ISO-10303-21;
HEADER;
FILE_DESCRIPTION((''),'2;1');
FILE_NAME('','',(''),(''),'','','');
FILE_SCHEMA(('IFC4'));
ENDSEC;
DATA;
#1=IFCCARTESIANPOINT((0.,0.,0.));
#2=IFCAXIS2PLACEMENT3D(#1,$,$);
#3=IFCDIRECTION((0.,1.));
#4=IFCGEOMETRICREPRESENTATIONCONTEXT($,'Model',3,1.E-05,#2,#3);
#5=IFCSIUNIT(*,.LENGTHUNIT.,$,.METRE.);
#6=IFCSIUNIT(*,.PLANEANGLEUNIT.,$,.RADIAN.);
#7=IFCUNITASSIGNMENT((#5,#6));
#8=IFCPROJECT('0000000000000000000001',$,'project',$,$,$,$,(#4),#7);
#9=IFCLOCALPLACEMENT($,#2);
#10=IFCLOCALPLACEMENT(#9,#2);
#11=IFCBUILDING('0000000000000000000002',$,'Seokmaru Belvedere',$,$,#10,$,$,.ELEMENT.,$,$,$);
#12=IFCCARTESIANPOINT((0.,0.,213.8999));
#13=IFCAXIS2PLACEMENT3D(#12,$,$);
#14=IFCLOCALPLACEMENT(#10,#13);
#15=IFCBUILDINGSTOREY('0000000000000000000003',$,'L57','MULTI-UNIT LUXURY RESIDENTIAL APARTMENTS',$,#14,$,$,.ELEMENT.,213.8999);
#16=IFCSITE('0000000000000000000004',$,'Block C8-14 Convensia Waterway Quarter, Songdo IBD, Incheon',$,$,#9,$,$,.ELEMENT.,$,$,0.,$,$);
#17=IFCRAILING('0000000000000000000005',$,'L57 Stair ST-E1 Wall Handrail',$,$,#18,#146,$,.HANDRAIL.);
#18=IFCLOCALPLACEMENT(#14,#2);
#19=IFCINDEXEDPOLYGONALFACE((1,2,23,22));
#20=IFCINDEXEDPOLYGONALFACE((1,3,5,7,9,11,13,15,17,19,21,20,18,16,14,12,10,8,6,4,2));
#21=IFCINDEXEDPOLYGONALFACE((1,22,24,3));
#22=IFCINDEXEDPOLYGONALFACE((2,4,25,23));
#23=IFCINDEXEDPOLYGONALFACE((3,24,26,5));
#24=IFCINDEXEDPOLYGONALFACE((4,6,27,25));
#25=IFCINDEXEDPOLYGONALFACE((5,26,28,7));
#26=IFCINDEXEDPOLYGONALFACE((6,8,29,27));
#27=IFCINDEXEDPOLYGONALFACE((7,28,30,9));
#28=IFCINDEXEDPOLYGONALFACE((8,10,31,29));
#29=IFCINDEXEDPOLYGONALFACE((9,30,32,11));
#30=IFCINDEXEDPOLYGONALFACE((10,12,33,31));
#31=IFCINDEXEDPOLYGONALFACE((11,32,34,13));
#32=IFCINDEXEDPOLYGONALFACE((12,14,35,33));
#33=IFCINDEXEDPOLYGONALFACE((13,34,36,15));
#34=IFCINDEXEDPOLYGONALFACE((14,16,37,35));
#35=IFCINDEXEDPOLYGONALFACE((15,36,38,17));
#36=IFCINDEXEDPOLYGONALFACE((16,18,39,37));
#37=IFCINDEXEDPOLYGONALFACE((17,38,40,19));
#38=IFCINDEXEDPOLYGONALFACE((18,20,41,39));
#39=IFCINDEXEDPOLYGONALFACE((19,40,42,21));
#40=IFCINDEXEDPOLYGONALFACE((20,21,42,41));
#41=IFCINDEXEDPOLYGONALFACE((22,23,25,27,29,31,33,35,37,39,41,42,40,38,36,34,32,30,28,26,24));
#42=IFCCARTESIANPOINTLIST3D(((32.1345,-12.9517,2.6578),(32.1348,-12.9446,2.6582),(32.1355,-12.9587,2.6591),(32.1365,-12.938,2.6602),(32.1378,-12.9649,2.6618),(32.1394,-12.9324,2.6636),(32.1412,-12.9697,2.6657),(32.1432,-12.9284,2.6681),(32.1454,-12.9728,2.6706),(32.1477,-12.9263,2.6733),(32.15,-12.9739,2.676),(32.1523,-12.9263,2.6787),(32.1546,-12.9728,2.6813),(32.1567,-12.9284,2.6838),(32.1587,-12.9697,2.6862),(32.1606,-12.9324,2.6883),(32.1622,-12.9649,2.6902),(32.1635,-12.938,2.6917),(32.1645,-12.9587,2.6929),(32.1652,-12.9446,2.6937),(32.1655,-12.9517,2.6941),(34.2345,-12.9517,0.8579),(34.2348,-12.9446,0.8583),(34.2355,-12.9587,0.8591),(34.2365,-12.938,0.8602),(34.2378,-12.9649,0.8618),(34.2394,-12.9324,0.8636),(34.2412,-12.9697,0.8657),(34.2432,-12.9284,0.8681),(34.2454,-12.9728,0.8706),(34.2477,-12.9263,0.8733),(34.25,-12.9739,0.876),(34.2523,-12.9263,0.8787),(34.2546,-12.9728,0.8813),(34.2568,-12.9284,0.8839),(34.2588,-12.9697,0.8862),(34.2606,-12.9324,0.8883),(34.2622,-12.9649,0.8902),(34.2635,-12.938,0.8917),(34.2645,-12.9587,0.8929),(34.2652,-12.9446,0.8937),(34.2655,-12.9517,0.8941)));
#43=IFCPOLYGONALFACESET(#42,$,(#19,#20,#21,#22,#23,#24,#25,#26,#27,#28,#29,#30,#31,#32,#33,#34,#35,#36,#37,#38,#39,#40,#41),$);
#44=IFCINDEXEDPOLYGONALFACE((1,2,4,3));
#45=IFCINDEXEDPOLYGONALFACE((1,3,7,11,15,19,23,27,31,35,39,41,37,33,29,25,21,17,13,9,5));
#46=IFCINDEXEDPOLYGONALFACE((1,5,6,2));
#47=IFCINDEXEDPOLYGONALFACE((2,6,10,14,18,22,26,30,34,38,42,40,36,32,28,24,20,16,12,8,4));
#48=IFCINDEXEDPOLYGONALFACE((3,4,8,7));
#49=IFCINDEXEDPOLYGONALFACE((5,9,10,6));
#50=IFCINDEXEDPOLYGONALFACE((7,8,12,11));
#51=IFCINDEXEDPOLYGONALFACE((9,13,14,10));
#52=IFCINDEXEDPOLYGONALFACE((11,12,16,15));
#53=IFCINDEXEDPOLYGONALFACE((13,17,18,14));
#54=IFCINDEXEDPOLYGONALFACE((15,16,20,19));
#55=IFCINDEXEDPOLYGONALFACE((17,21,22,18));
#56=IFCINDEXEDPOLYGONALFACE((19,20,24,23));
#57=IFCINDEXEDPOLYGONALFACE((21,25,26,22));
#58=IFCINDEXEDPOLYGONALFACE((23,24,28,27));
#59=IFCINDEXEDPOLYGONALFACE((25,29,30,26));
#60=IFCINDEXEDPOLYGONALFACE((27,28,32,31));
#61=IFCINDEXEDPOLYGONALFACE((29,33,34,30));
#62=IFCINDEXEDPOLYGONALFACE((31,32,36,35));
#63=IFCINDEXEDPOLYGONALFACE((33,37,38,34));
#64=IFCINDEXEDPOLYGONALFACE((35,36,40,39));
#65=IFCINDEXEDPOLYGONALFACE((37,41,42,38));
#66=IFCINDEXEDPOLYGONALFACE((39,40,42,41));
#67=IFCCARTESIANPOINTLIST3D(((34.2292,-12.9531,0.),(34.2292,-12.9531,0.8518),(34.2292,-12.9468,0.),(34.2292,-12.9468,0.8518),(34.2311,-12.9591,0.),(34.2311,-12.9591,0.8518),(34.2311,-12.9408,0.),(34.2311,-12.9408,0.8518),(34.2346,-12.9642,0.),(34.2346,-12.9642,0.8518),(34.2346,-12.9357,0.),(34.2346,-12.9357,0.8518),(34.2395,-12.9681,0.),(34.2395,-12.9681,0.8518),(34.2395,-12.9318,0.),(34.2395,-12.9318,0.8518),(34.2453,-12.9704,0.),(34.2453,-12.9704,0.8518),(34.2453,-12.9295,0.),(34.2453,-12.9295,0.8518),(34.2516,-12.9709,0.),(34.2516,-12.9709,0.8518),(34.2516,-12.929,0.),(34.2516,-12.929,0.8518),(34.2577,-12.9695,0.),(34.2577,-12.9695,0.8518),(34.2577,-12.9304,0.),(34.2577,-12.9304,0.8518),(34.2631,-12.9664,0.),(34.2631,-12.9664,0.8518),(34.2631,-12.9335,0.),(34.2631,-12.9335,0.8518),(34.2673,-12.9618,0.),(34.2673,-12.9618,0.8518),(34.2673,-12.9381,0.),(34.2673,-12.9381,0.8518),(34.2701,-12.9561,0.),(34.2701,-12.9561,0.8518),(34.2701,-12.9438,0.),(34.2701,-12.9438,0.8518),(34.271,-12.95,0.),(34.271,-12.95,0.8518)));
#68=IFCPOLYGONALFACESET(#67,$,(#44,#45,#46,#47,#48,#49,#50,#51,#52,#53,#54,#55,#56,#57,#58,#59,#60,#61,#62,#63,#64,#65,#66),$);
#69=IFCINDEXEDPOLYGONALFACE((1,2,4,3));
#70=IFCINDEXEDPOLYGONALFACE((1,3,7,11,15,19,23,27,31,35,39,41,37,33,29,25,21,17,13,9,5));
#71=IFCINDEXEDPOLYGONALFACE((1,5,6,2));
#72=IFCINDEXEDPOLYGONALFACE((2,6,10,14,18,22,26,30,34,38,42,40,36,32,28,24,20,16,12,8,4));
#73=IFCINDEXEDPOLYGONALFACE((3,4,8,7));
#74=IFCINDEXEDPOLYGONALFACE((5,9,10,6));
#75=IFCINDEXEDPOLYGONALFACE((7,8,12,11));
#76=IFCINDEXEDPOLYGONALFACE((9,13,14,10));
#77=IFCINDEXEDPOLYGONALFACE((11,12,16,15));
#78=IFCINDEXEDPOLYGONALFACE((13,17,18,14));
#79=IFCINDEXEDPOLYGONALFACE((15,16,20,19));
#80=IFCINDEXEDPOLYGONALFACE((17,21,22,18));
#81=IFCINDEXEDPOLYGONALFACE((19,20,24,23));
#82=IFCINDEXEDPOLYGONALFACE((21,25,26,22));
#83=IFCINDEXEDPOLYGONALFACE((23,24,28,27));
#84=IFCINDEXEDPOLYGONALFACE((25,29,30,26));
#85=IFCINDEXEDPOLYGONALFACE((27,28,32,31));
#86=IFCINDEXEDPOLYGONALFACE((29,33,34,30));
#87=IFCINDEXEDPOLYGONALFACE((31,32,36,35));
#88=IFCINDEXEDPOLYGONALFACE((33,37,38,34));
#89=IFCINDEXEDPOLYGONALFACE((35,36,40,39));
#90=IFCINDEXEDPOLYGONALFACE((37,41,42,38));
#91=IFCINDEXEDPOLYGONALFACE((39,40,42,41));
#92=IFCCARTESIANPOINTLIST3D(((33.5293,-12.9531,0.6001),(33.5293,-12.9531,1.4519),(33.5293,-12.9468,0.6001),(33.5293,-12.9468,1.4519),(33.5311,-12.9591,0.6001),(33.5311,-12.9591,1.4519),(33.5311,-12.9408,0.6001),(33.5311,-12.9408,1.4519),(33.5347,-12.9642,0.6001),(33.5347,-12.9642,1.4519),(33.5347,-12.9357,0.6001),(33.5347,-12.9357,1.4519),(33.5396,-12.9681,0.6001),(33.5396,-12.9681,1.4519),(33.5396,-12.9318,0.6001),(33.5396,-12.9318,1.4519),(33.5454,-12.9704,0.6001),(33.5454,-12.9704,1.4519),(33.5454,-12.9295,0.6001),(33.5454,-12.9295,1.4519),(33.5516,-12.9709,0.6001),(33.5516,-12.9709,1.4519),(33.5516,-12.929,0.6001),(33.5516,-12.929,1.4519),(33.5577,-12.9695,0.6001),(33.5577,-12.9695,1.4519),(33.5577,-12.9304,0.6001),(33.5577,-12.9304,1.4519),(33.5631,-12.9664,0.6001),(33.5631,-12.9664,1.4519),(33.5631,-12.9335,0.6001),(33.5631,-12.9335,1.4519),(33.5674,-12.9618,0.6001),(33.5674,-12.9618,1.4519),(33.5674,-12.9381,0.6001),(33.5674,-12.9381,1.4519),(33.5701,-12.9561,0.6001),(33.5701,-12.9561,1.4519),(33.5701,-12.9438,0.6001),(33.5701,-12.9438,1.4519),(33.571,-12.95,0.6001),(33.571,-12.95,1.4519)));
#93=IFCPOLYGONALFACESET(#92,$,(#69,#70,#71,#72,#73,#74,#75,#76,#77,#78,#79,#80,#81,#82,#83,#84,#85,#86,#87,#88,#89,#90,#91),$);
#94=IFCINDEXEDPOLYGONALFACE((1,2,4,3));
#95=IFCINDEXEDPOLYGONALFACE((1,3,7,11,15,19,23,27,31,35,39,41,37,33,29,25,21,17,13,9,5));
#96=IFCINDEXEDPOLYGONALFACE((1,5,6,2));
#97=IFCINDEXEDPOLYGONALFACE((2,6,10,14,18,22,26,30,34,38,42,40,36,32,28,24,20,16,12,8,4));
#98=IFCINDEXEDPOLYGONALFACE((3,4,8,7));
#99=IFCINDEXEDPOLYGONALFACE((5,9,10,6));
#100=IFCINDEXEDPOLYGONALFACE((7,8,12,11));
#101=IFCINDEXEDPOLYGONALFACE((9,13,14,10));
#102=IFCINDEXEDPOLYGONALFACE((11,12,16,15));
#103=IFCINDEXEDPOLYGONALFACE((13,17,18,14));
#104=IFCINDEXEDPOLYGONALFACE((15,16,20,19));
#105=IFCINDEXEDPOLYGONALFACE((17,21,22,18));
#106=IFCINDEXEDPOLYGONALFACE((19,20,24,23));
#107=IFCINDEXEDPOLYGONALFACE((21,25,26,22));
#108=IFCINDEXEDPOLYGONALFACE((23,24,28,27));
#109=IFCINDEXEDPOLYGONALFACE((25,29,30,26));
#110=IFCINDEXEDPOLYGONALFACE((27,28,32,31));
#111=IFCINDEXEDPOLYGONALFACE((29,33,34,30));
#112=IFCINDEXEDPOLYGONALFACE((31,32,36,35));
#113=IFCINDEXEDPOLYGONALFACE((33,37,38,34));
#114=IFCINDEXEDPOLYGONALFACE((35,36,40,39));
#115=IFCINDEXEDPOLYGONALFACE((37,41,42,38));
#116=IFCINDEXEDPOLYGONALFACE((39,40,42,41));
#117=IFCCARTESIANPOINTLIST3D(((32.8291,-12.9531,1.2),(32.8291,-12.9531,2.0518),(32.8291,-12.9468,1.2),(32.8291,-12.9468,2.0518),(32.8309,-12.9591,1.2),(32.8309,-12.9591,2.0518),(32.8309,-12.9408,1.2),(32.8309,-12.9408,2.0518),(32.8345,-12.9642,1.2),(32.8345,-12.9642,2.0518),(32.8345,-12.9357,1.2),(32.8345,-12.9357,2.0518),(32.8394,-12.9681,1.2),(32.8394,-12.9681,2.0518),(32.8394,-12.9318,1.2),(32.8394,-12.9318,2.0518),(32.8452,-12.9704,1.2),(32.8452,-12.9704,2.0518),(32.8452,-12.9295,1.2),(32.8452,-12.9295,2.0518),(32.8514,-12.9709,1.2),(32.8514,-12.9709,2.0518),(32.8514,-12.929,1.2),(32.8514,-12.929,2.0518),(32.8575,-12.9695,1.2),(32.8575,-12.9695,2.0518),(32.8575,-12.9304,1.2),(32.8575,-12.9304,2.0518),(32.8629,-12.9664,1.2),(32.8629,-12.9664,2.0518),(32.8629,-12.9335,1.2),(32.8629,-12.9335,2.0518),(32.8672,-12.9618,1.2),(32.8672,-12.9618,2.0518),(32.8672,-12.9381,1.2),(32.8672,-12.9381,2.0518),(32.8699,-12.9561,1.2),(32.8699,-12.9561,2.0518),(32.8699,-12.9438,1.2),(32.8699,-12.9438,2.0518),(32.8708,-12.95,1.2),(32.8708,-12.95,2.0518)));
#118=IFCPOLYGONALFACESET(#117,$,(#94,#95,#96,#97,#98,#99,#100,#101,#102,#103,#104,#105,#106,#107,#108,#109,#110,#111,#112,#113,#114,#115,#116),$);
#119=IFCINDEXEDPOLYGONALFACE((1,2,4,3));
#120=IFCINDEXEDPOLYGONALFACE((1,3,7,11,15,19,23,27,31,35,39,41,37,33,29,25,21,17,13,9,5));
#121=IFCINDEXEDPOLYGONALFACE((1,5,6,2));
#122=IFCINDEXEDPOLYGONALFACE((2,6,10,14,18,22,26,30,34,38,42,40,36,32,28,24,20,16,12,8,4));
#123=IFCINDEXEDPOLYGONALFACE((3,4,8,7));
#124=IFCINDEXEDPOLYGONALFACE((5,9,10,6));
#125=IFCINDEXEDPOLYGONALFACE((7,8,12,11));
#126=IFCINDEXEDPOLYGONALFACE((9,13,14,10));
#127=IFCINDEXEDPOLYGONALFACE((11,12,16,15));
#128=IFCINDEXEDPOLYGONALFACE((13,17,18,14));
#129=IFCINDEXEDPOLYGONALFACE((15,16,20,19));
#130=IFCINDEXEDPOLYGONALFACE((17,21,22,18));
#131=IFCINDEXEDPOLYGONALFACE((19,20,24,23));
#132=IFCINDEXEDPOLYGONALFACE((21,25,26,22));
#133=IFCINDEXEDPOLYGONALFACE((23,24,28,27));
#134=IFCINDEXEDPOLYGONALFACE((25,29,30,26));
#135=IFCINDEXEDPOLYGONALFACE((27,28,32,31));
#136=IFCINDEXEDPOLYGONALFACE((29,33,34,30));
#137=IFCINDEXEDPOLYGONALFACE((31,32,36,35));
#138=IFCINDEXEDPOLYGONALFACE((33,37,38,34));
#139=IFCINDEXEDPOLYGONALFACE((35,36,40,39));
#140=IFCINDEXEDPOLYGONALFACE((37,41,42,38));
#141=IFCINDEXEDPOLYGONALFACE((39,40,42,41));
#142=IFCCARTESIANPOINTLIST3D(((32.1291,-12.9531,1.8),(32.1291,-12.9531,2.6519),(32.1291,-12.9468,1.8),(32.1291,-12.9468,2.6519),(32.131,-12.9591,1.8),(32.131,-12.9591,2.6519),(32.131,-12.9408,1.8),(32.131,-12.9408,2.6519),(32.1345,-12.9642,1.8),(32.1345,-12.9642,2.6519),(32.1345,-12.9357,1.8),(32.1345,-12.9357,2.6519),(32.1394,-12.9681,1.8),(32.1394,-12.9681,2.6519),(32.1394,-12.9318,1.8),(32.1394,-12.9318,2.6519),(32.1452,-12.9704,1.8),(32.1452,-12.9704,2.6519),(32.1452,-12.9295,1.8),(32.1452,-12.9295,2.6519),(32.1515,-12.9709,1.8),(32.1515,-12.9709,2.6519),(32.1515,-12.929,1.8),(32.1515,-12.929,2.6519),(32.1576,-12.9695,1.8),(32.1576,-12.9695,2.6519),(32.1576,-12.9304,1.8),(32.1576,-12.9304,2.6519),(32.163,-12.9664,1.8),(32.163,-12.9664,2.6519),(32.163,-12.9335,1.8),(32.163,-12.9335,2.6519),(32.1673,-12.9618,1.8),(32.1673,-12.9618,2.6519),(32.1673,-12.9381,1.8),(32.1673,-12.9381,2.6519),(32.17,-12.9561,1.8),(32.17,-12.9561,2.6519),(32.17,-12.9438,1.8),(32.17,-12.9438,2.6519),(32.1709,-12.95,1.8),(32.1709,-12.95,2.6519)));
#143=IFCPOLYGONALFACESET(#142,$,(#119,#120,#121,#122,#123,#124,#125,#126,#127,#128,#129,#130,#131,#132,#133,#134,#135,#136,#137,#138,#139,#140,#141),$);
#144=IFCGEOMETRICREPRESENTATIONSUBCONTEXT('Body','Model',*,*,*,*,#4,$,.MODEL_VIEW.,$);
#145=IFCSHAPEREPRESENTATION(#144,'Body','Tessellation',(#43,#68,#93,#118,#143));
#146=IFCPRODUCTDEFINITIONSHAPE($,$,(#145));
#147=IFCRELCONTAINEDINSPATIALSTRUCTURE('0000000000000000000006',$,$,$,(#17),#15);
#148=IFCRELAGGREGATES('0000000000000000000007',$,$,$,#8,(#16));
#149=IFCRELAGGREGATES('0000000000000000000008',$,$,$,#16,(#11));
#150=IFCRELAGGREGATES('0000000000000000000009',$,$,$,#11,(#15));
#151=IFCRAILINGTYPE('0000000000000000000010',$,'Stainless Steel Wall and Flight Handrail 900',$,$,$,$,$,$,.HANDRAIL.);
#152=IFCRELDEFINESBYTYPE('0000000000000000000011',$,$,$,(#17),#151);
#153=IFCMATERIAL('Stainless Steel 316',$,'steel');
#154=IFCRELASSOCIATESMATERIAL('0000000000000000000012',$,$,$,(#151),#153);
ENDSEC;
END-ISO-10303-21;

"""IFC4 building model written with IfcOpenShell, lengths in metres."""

from ifc_helpers import new_model, si_unit, direction, frame, origin, origin_2d, place, context, subcontext, project, spatial, circle, extrude, material, type_object, element, save


model = new_model("IFC4")

# Units and contexts
model_context = context("Model", 3, precision=1e-05, world=origin(), true_north=direction((0.0, 1.0)))
body_context = subcontext(model_context, "Body", "Model", "MODEL_VIEW")
ifc_project = project(units=[si_unit("LENGTHUNIT", "METRE"), si_unit("PLANEANGLEUNIT", "RADIAN")], contexts=[model_context])

# Site, building, storey
site_placement = place(None, origin())
site = spatial("IfcSite", under=ifc_project, at=site_placement, Name="Block C8-14 Convensia Waterway Quarter, Songdo IBD, Incheon", CompositionType="ELEMENT", RefElevation=0.0)
building_placement = place(site_placement, origin())
building = spatial("IfcBuilding", under=site, at=building_placement, Name="Seokmaru Belvedere", CompositionType="ELEMENT")
storey_placement = place(building_placement, frame((0.0, 0.0, 213.8999)))
storey = spatial("IfcBuildingStorey", under=building, at=storey_placement, Name="L57", Description="MULTI-UNIT LUXURY RESIDENTIAL APARTMENTS", CompositionType="ELEMENT", Elevation=213.8999)

# Shared definitions
ifc_material_1 = material(Name="Stainless Steel 316", Category="steel")

# Railing
railing_type_1 = type_object("IfcRailingType", Name="Stainless Steel Wall and Flight Handrail 900", PredefinedType="HANDRAIL", material=ifc_material_1)
railing_1_placement = place(storey_placement, frame((34.25, -12.95, 0.0)))
element("IfcRailing", 1, at=railing_1_placement, inside=storey, type_object=railing_type_1, Name="L57 Stair ST-E1 Wall Handrail", PredefinedType="HANDRAIL", context=body_context, shape_type="SweptSolid", body=[
    extrude(circle(Radius=0.0239, at=origin_2d()), frame((0.0, 0.0, 0.876), z_axis=(-0.759263, 0.0, 0.650784), x_axis=(0.0, -1.0, 0.0)), (0.0, 0.0, 1.0), 2.7659),
    extrude(circle(Radius=0.021, at=origin_2d()), origin(), (0.0, 0.0, 1.0), 0.8518),
    extrude(circle(Radius=0.021, at=origin_2d()), frame((-0.7, 0.0, 0.6001)), (0.0, 0.0, 1.0), 0.8518),
    extrude(circle(Radius=0.021, at=origin_2d()), frame((-1.4001, 0.0, 1.2)), (0.0, 0.0, 1.0), 0.8518),
    extrude(circle(Radius=0.021, at=origin_2d()), frame((-2.1001, 0.0, 1.8)), (0.0, 0.0, 1.0), 0.8518),
])

save(model, "model.ifc")
